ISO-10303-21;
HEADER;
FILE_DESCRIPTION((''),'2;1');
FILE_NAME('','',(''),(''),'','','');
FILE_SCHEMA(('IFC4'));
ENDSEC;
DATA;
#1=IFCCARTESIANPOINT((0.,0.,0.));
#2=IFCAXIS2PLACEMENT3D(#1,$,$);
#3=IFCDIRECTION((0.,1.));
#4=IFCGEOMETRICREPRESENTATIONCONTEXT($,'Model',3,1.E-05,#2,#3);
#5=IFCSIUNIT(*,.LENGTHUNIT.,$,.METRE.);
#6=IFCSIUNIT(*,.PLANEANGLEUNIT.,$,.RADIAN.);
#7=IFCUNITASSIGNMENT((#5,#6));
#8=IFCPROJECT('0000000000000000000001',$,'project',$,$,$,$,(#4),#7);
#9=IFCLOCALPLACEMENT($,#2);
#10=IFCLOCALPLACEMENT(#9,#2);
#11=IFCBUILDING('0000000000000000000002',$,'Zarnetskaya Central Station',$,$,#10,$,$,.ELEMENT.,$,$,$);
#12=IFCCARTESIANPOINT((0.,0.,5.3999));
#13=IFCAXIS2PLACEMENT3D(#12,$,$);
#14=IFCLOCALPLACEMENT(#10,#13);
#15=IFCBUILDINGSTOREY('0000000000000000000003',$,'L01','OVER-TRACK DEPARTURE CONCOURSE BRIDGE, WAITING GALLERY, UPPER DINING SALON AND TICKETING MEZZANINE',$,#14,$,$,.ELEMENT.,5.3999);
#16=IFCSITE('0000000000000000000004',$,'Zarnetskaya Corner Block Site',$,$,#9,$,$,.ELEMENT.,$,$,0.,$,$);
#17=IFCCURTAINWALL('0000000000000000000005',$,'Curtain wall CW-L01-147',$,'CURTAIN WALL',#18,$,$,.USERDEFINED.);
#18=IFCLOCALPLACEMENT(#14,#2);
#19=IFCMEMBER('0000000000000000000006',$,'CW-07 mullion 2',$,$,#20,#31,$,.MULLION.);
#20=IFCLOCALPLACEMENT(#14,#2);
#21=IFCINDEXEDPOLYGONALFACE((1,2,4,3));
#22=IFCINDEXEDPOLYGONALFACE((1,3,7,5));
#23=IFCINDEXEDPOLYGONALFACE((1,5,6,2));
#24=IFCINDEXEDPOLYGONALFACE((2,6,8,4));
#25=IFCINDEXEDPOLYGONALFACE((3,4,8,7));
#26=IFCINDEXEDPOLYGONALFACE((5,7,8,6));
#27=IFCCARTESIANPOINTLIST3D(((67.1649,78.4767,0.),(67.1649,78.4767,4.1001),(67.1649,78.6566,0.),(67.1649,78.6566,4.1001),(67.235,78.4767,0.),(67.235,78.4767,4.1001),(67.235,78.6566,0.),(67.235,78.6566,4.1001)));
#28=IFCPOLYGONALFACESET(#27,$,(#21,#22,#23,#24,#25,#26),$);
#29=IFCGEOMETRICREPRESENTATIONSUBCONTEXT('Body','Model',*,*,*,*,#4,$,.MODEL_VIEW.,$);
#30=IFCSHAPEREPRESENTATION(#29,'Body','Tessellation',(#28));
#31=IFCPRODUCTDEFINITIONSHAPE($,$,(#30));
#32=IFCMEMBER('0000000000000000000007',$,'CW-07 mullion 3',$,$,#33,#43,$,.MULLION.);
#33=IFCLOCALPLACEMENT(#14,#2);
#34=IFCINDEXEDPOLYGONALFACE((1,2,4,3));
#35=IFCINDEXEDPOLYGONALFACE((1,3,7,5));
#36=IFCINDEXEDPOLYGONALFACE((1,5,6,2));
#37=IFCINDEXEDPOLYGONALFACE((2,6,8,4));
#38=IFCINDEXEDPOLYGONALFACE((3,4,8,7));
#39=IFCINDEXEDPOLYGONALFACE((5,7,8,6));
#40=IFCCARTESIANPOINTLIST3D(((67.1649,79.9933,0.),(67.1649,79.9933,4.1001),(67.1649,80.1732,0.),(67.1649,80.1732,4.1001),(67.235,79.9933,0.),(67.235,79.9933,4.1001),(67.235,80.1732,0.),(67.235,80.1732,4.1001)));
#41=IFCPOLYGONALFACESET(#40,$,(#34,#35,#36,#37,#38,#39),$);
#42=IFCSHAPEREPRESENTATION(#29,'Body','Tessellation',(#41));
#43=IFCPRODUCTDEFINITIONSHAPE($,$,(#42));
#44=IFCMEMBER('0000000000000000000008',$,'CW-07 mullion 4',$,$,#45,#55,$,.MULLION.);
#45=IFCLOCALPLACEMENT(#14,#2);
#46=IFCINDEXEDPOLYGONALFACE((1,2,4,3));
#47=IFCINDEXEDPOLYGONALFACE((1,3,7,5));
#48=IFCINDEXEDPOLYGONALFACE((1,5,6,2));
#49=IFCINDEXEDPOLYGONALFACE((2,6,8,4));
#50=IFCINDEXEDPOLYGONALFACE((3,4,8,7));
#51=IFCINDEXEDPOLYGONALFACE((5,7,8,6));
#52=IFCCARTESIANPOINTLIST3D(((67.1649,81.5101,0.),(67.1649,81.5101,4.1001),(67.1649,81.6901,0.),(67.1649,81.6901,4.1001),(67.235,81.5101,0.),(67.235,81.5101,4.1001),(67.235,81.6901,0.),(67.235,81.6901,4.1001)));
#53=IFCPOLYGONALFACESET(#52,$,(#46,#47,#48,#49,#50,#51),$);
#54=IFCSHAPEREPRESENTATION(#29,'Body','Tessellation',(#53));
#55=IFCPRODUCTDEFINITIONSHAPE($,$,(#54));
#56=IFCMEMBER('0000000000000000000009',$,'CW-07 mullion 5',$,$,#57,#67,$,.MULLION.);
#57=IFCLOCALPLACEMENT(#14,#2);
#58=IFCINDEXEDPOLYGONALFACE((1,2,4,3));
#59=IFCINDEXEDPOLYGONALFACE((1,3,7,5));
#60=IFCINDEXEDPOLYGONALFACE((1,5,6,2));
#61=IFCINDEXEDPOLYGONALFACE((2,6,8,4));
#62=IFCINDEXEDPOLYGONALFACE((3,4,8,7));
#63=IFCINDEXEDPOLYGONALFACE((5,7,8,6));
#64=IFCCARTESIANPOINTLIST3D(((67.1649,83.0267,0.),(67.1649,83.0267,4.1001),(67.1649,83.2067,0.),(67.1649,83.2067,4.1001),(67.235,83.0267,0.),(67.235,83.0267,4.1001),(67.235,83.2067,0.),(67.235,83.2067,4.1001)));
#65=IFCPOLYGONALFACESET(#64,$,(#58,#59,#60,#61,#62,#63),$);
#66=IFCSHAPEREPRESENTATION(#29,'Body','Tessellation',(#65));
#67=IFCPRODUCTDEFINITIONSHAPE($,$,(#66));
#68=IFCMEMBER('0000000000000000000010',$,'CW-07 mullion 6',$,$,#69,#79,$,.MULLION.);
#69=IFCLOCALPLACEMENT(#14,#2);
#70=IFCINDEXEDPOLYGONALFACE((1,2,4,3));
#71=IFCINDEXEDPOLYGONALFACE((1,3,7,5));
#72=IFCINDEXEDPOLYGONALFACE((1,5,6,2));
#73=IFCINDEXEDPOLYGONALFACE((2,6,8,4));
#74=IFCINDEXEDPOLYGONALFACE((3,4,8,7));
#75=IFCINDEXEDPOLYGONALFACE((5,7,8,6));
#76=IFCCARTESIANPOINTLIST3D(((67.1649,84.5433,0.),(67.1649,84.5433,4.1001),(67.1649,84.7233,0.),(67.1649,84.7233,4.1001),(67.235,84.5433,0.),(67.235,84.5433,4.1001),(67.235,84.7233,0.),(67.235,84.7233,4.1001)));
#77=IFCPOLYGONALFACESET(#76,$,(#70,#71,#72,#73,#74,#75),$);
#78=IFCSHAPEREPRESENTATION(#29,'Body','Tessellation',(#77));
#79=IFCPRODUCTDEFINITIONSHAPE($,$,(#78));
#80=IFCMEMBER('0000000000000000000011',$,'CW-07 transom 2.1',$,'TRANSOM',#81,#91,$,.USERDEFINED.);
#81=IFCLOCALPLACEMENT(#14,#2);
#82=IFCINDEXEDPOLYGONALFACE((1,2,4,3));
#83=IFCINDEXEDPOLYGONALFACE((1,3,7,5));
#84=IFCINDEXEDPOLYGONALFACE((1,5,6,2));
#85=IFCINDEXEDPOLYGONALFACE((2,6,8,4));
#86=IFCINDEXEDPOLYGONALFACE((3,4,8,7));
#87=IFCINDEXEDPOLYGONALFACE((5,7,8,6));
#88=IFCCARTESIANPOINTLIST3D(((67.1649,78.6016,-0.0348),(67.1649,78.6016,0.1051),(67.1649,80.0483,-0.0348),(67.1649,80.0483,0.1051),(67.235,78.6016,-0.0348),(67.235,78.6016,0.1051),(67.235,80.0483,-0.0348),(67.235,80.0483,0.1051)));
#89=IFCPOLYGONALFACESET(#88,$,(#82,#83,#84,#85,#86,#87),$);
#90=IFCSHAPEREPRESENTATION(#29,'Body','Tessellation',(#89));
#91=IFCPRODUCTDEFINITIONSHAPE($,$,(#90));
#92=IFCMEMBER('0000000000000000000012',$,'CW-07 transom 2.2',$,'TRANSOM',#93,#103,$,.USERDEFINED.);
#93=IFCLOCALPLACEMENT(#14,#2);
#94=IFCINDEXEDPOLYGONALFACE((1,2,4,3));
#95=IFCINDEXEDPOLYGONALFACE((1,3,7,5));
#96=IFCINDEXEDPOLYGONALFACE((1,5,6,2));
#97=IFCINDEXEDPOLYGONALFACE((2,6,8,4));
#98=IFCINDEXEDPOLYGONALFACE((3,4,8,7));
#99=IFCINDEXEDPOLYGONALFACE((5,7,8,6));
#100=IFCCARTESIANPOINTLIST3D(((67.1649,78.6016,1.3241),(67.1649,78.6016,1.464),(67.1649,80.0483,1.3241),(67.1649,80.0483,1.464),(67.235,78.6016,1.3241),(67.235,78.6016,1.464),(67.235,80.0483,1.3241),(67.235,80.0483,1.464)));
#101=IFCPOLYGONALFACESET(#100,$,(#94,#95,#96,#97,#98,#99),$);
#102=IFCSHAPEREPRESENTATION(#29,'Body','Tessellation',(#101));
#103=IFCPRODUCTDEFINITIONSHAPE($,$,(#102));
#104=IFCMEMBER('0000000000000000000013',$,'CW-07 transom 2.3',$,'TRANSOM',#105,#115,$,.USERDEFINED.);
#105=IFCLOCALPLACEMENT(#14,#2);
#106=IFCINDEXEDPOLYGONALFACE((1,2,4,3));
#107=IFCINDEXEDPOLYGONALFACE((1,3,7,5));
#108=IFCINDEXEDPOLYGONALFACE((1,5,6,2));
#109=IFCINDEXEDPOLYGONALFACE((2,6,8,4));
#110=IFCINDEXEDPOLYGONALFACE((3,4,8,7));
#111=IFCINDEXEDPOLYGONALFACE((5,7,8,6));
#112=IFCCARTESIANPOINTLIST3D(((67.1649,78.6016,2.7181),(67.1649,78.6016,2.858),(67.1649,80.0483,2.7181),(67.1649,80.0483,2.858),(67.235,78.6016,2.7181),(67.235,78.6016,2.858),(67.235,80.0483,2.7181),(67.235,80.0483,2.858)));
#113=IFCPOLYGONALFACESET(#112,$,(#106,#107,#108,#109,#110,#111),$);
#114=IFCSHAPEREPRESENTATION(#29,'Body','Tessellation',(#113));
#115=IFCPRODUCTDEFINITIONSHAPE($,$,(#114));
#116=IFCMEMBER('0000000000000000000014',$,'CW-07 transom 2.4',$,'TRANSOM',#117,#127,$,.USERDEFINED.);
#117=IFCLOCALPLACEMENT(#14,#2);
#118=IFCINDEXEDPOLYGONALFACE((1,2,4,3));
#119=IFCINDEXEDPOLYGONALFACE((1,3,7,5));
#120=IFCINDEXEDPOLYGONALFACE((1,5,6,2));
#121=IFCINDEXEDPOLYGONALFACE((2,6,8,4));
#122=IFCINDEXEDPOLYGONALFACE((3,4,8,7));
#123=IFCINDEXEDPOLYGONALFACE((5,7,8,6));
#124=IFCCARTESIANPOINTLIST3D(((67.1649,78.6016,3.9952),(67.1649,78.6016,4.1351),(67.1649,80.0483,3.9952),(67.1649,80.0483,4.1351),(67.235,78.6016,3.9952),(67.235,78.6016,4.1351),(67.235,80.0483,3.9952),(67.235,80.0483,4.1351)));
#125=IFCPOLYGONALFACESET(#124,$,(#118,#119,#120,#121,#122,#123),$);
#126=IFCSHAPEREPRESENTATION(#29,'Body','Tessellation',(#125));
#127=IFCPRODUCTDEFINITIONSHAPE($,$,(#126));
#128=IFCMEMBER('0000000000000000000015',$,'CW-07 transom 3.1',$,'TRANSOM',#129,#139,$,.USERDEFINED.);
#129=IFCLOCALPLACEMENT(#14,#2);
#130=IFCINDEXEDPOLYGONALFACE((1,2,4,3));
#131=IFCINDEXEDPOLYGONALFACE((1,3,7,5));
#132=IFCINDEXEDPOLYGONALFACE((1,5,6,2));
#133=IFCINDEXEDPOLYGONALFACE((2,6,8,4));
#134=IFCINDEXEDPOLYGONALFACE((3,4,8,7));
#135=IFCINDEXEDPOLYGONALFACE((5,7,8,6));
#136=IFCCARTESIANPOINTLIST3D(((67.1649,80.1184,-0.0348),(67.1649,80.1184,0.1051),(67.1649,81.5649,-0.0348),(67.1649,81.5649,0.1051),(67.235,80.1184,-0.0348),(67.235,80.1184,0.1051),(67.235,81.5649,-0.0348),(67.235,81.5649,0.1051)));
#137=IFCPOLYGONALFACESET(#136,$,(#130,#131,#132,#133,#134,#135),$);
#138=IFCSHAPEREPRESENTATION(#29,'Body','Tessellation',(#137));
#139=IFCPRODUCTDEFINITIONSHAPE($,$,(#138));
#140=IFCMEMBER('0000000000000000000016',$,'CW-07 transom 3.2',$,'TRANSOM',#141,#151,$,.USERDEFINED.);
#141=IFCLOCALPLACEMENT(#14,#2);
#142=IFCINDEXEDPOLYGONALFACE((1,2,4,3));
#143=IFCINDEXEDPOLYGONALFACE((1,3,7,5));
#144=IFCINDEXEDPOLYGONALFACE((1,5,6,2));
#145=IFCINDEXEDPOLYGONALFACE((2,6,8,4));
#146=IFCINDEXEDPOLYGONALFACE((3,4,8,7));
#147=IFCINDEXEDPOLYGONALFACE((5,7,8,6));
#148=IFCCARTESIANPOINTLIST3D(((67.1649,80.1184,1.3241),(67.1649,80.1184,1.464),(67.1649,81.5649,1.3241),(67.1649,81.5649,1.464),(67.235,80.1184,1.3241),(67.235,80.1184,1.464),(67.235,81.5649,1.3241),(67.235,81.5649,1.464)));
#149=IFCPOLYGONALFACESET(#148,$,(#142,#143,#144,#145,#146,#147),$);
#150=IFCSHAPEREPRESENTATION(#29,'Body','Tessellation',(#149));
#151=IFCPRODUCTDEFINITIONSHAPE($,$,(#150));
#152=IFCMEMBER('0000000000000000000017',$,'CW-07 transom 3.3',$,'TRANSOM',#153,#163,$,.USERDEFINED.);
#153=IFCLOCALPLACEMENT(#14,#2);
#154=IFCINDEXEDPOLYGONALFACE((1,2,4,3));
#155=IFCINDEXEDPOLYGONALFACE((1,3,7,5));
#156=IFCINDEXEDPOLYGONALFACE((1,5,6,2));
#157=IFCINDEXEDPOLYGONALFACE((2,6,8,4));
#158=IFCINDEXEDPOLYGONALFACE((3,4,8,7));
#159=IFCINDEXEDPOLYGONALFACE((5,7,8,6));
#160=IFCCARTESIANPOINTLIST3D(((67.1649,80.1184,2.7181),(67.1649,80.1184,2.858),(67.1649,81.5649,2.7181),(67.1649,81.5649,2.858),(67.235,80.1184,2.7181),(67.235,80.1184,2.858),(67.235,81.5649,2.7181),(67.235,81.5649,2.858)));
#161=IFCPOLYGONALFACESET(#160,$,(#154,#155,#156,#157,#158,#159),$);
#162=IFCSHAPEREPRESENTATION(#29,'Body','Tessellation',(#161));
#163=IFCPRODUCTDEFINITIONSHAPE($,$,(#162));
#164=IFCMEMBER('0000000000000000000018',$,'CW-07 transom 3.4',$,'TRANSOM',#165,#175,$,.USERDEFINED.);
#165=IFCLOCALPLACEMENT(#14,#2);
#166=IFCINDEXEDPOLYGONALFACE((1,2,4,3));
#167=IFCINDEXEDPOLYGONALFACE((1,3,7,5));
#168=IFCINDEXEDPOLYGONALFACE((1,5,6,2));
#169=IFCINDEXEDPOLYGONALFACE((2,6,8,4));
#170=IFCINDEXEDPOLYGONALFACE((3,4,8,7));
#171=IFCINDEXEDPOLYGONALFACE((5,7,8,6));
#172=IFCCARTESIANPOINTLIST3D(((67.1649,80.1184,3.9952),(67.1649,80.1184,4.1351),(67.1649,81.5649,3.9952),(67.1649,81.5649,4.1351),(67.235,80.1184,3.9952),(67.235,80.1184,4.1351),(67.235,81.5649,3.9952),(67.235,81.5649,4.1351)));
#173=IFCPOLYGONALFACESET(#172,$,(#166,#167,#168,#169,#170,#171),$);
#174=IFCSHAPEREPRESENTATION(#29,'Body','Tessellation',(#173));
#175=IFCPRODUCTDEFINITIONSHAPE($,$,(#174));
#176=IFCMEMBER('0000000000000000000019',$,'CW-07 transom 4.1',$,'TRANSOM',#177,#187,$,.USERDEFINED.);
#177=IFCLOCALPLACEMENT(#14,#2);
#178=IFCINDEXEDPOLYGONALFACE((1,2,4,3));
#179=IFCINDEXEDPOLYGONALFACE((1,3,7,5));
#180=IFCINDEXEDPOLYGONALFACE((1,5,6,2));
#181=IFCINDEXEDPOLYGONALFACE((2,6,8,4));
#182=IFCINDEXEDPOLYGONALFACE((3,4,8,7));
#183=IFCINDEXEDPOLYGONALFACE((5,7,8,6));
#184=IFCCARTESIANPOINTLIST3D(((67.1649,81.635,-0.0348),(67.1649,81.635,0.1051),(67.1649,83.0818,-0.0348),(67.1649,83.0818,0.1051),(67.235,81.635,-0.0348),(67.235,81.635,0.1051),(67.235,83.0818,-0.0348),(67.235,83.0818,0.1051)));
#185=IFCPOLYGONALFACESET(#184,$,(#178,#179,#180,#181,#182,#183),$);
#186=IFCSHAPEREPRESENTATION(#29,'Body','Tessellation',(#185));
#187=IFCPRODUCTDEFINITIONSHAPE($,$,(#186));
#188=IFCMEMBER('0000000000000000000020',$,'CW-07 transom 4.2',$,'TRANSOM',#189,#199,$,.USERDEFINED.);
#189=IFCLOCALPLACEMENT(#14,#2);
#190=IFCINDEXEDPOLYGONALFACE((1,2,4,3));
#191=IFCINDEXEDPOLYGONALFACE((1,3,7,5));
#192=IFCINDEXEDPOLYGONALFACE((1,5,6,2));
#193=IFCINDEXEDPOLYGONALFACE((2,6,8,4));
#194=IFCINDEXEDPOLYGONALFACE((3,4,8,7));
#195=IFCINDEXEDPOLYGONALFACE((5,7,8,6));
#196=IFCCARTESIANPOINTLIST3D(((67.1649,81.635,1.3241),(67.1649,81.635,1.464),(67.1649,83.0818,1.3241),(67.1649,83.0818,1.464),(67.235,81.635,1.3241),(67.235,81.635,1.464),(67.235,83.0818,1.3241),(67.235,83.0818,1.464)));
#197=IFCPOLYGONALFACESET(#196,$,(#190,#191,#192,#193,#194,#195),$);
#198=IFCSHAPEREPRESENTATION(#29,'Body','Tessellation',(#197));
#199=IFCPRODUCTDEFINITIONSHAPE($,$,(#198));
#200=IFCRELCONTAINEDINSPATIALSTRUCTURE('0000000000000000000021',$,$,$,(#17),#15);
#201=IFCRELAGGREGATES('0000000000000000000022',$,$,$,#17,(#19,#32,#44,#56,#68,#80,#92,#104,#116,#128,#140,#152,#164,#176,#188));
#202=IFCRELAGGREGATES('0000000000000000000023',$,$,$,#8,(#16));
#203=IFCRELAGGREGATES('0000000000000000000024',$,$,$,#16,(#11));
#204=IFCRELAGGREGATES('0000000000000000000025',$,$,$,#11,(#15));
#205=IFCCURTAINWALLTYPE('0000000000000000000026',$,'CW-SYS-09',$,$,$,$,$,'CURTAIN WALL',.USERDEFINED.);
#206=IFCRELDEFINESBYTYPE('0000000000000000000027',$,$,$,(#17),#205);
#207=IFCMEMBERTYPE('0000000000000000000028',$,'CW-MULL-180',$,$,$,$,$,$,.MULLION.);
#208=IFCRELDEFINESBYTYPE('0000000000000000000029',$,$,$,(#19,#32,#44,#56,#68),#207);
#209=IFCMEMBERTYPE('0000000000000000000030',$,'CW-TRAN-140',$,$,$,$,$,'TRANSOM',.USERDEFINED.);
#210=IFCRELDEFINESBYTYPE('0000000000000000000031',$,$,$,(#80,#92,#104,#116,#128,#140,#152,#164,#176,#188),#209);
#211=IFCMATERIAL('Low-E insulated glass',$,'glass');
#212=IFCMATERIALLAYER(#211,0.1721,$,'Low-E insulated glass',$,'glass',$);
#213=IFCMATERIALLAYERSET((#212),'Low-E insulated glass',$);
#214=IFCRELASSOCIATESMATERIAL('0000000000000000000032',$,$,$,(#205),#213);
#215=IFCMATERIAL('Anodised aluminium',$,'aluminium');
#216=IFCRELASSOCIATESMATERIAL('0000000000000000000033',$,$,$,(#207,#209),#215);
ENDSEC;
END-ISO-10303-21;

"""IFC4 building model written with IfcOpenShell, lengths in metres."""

from ifc_helpers import new_model, si_unit, direction, frame, origin, origin_2d, place, context, subcontext, project, spatial, rectangle, extrude, material, layer, layer_set, material_profile, profile_set, type_object, element, aggregate, save


model = new_model("IFC4")

# Units and contexts
model_context = context("Model", 3, precision=1e-05, world=origin(), true_north=direction((0.0, 1.0)))
body_context = subcontext(model_context, "Body", "Model", "MODEL_VIEW")
ifc_project = project(units=[si_unit("LENGTHUNIT", "METRE"), si_unit("PLANEANGLEUNIT", "RADIAN")], contexts=[model_context])

# Site, building, storey
site_placement = place(None, origin())
site = spatial("IfcSite", under=ifc_project, at=site_placement, Name="Zarnetskaya Corner Block Site", CompositionType="ELEMENT", RefElevation=0.0)
building_placement = place(site_placement, origin())
building = spatial("IfcBuilding", under=site, at=building_placement, Name="Zarnetskaya Central Station", CompositionType="ELEMENT")
storey_placement = place(building_placement, frame((0.0, 0.0, 5.3999)))
storey = spatial("IfcBuildingStorey", under=building, at=storey_placement, Name="L01", Description="OVER-TRACK DEPARTURE CONCOURSE BRIDGE, WAITING GALLERY, UPPER DINING SALON AND TICKETING MEZZANINE", CompositionType="ELEMENT", Elevation=5.3999)

# Curtain wall, members
ifc_material_1 = material(Name="Low-E insulated glass", Category="glass")
ifc_layer_1 = layer(ifc_material_1, 0.1721, Name="Low-E insulated glass", Category="glass")
ifc_layer_set_1 = layer_set([ifc_layer_1], Name="Low-E insulated glass")
curtain_wall_type = type_object("IfcCurtainWallType", Name="CW-SYS-09", ElementType="CURTAIN WALL", PredefinedType="USERDEFINED", material=ifc_layer_set_1)
curtain_wall_placement = place(storey_placement, origin())
curtain_wall = element("IfcCurtainWall", 1, at=curtain_wall_placement, inside=storey, type_object=curtain_wall_type, Name="Curtain wall CW-L01-147", ObjectType="CURTAIN WALL", PredefinedType="USERDEFINED")
ifc_material_2 = material(Name="Anodised aluminium", Category="aluminium")
ifc_material_profile_1 = material_profile(ifc_material_2, rectangle(XDim=0.0701, YDim=0.1799, at=origin_2d()), Name="ALU MULL 70x180")
ifc_profile_set_1 = profile_set([ifc_material_profile_1], Name="Anodised aluminium")
member_type_1 = type_object("IfcMemberType", Name="CW-MULL-180", PredefinedType="MULLION", material=ifc_profile_set_1)
member_1_placement = place(storey_placement, frame((67.2, 78.5667, 0.0), z_axis=(0.0, 0.0, 1.0), x_axis=(-1.0, 0.0, 0.0)))
member_1 = element("IfcMember", 2, at=member_1_placement, type_object=member_type_1, Name="CW-07 mullion 2", PredefinedType="MULLION", context=body_context, shape_type="SweptSolid", body=[
    extrude(rectangle(XDim=0.0701, YDim=0.1799, at=origin_2d()), origin(), (0.0, 0.0, 1.0), 4.1001),
])
member_2_placement = place(storey_placement, frame((67.2, 80.0833, 0.0), z_axis=(0.0, 0.0, 1.0), x_axis=(-1.0, 0.0, 0.0)))
member_2 = element("IfcMember", 3, at=member_2_placement, type_object=member_type_1, Name="CW-07 mullion 3", PredefinedType="MULLION", context=body_context, shape_type="SweptSolid", body=[
    extrude(rectangle(XDim=0.0701, YDim=0.1799, at=origin_2d()), origin(), (0.0, 0.0, 1.0), 4.1001),
])
member_3_placement = place(storey_placement, frame((67.2, 81.6001, 0.0), z_axis=(0.0, 0.0, 1.0), x_axis=(-1.0, 0.0, 0.0)))
member_3 = element("IfcMember", 4, at=member_3_placement, type_object=member_type_1, Name="CW-07 mullion 4", PredefinedType="MULLION", context=body_context, shape_type="SweptSolid", body=[
    extrude(rectangle(XDim=0.0701, YDim=0.1799, at=origin_2d()), origin(), (0.0, 0.0, 1.0), 4.1001),
])
member_4_placement = place(storey_placement, frame((67.2, 83.1167, 0.0), z_axis=(0.0, 0.0, 1.0), x_axis=(-1.0, 0.0, 0.0)))
member_4 = element("IfcMember", 5, at=member_4_placement, type_object=member_type_1, Name="CW-07 mullion 5", PredefinedType="MULLION", context=body_context, shape_type="SweptSolid", body=[
    extrude(rectangle(XDim=0.0701, YDim=0.1799, at=origin_2d()), origin(), (0.0, 0.0, 1.0), 4.1001),
])
member_5_placement = place(storey_placement, frame((67.2, 84.6333, 0.0), z_axis=(0.0, 0.0, 1.0), x_axis=(-1.0, 0.0, 0.0)))
member_5 = element("IfcMember", 6, at=member_5_placement, type_object=member_type_1, Name="CW-07 mullion 6", PredefinedType="MULLION", context=body_context, shape_type="SweptSolid", body=[
    extrude(rectangle(XDim=0.0701, YDim=0.1799, at=origin_2d()), origin(), (0.0, 0.0, 1.0), 4.1001),
])
ifc_material_profile_2 = material_profile(ifc_material_2, rectangle(XDim=0.0701, YDim=0.1399, at=origin_2d()), Name="ALU TRAN 70x140")
ifc_profile_set_2 = profile_set([ifc_material_profile_2], Name="Anodised aluminium")
member_type_2 = type_object("IfcMemberType", Name="CW-TRAN-140", ElementType="TRANSOM", PredefinedType="USERDEFINED", material=ifc_profile_set_2)
member_6_placement = place(storey_placement, frame((67.2, 78.6016, 0.0352), z_axis=(0.0, 1.0, 0.0), x_axis=(-1.0, 0.0, 0.0)))
member_6 = element("IfcMember", 7, at=member_6_placement, type_object=member_type_2, Name="CW-07 transom 2.1", ObjectType="TRANSOM", PredefinedType="USERDEFINED", context=body_context, shape_type="SweptSolid", body=[
    extrude(rectangle(XDim=0.0701, YDim=0.1399, at=origin_2d()), origin(), (0.0, 0.0, 1.0), 1.4468),
])
member_7_placement = place(storey_placement, frame((67.2, 78.6016, 1.394), z_axis=(0.0, 1.0, 0.0), x_axis=(-1.0, 0.0, 0.0)))
member_7 = element("IfcMember", 8, at=member_7_placement, type_object=member_type_2, Name="CW-07 transom 2.2", ObjectType="TRANSOM", PredefinedType="USERDEFINED", context=body_context, shape_type="SweptSolid", body=[
    extrude(rectangle(XDim=0.0701, YDim=0.1399, at=origin_2d()), origin(), (0.0, 0.0, 1.0), 1.4468),
])
member_8_placement = place(storey_placement, frame((67.2, 78.6016, 2.7881), z_axis=(0.0, 1.0, 0.0), x_axis=(-1.0, 0.0, 0.0)))
member_8 = element("IfcMember", 9, at=member_8_placement, type_object=member_type_2, Name="CW-07 transom 2.3", ObjectType="TRANSOM", PredefinedType="USERDEFINED", context=body_context, shape_type="SweptSolid", body=[
    extrude(rectangle(XDim=0.0701, YDim=0.1399, at=origin_2d()), origin(), (0.0, 0.0, 1.0), 1.4468),
])
member_9_placement = place(storey_placement, frame((67.2, 78.6016, 4.0652), z_axis=(0.0, 1.0, 0.0), x_axis=(-1.0, 0.0, 0.0)))
member_9 = element("IfcMember", 10, at=member_9_placement, type_object=member_type_2, Name="CW-07 transom 2.4", ObjectType="TRANSOM", PredefinedType="USERDEFINED", context=body_context, shape_type="SweptSolid", body=[
    extrude(rectangle(XDim=0.0701, YDim=0.1399, at=origin_2d()), origin(), (0.0, 0.0, 1.0), 1.4468),
])
member_10_placement = place(storey_placement, frame((67.2, 80.1184, 0.0352), z_axis=(0.0, 1.0, 0.0), x_axis=(-1.0, 0.0, 0.0)))
member_10 = element("IfcMember", 11, at=member_10_placement, type_object=member_type_2, Name="CW-07 transom 3.1", ObjectType="TRANSOM", PredefinedType="USERDEFINED", context=body_context, shape_type="SweptSolid", body=[
    extrude(rectangle(XDim=0.0701, YDim=0.1399, at=origin_2d()), origin(), (0.0, 0.0, 1.0), 1.4465),
])
member_11_placement = place(storey_placement, frame((67.2, 80.1184, 1.394), z_axis=(0.0, 1.0, 0.0), x_axis=(-1.0, 0.0, 0.0)))
member_11 = element("IfcMember", 12, at=member_11_placement, type_object=member_type_2, Name="CW-07 transom 3.2", ObjectType="TRANSOM", PredefinedType="USERDEFINED", context=body_context, shape_type="SweptSolid", body=[
    extrude(rectangle(XDim=0.0701, YDim=0.1399, at=origin_2d()), origin(), (0.0, 0.0, 1.0), 1.4465),
])
member_12_placement = place(storey_placement, frame((67.2, 80.1184, 2.7881), z_axis=(0.0, 1.0, 0.0), x_axis=(-1.0, 0.0, 0.0)))
member_12 = element("IfcMember", 13, at=member_12_placement, type_object=member_type_2, Name="CW-07 transom 3.3", ObjectType="TRANSOM", PredefinedType="USERDEFINED", context=body_context, shape_type="SweptSolid", body=[
    extrude(rectangle(XDim=0.0701, YDim=0.1399, at=origin_2d()), origin(), (0.0, 0.0, 1.0), 1.4465),
])
member_13_placement = place(storey_placement, frame((67.2, 80.1184, 4.0652), z_axis=(0.0, 1.0, 0.0), x_axis=(-1.0, 0.0, 0.0)))
member_13 = element("IfcMember", 14, at=member_13_placement, type_object=member_type_2, Name="CW-07 transom 3.4", ObjectType="TRANSOM", PredefinedType="USERDEFINED", context=body_context, shape_type="SweptSolid", body=[
    extrude(rectangle(XDim=0.0701, YDim=0.1399, at=origin_2d()), origin(), (0.0, 0.0, 1.0), 1.4465),
])
member_14_placement = place(storey_placement, frame((67.2, 81.635, 0.0352), z_axis=(0.0, 1.0, 0.0), x_axis=(-1.0, 0.0, 0.0)))
member_14 = element("IfcMember", 15, at=member_14_placement, type_object=member_type_2, Name="CW-07 transom 4.1", ObjectType="TRANSOM", PredefinedType="USERDEFINED", context=body_context, shape_type="SweptSolid", body=[
    extrude(rectangle(XDim=0.0701, YDim=0.1399, at=origin_2d()), origin(), (0.0, 0.0, 1.0), 1.4468),
])
member_15_placement = place(storey_placement, frame((67.2, 81.635, 1.394), z_axis=(0.0, 1.0, 0.0), x_axis=(-1.0, 0.0, 0.0)))
member_15 = element("IfcMember", 16, at=member_15_placement, type_object=member_type_2, Name="CW-07 transom 4.2", ObjectType="TRANSOM", PredefinedType="USERDEFINED", context=body_context, shape_type="SweptSolid", body=[
    extrude(rectangle(XDim=0.0701, YDim=0.1399, at=origin_2d()), origin(), (0.0, 0.0, 1.0), 1.4468),
])
aggregate(curtain_wall, [member_1, member_2, member_3, member_4, member_5, member_6, member_7, member_8, member_9, member_10, member_11, member_12, member_13, member_14, member_15])

save(model, "model.ifc")
